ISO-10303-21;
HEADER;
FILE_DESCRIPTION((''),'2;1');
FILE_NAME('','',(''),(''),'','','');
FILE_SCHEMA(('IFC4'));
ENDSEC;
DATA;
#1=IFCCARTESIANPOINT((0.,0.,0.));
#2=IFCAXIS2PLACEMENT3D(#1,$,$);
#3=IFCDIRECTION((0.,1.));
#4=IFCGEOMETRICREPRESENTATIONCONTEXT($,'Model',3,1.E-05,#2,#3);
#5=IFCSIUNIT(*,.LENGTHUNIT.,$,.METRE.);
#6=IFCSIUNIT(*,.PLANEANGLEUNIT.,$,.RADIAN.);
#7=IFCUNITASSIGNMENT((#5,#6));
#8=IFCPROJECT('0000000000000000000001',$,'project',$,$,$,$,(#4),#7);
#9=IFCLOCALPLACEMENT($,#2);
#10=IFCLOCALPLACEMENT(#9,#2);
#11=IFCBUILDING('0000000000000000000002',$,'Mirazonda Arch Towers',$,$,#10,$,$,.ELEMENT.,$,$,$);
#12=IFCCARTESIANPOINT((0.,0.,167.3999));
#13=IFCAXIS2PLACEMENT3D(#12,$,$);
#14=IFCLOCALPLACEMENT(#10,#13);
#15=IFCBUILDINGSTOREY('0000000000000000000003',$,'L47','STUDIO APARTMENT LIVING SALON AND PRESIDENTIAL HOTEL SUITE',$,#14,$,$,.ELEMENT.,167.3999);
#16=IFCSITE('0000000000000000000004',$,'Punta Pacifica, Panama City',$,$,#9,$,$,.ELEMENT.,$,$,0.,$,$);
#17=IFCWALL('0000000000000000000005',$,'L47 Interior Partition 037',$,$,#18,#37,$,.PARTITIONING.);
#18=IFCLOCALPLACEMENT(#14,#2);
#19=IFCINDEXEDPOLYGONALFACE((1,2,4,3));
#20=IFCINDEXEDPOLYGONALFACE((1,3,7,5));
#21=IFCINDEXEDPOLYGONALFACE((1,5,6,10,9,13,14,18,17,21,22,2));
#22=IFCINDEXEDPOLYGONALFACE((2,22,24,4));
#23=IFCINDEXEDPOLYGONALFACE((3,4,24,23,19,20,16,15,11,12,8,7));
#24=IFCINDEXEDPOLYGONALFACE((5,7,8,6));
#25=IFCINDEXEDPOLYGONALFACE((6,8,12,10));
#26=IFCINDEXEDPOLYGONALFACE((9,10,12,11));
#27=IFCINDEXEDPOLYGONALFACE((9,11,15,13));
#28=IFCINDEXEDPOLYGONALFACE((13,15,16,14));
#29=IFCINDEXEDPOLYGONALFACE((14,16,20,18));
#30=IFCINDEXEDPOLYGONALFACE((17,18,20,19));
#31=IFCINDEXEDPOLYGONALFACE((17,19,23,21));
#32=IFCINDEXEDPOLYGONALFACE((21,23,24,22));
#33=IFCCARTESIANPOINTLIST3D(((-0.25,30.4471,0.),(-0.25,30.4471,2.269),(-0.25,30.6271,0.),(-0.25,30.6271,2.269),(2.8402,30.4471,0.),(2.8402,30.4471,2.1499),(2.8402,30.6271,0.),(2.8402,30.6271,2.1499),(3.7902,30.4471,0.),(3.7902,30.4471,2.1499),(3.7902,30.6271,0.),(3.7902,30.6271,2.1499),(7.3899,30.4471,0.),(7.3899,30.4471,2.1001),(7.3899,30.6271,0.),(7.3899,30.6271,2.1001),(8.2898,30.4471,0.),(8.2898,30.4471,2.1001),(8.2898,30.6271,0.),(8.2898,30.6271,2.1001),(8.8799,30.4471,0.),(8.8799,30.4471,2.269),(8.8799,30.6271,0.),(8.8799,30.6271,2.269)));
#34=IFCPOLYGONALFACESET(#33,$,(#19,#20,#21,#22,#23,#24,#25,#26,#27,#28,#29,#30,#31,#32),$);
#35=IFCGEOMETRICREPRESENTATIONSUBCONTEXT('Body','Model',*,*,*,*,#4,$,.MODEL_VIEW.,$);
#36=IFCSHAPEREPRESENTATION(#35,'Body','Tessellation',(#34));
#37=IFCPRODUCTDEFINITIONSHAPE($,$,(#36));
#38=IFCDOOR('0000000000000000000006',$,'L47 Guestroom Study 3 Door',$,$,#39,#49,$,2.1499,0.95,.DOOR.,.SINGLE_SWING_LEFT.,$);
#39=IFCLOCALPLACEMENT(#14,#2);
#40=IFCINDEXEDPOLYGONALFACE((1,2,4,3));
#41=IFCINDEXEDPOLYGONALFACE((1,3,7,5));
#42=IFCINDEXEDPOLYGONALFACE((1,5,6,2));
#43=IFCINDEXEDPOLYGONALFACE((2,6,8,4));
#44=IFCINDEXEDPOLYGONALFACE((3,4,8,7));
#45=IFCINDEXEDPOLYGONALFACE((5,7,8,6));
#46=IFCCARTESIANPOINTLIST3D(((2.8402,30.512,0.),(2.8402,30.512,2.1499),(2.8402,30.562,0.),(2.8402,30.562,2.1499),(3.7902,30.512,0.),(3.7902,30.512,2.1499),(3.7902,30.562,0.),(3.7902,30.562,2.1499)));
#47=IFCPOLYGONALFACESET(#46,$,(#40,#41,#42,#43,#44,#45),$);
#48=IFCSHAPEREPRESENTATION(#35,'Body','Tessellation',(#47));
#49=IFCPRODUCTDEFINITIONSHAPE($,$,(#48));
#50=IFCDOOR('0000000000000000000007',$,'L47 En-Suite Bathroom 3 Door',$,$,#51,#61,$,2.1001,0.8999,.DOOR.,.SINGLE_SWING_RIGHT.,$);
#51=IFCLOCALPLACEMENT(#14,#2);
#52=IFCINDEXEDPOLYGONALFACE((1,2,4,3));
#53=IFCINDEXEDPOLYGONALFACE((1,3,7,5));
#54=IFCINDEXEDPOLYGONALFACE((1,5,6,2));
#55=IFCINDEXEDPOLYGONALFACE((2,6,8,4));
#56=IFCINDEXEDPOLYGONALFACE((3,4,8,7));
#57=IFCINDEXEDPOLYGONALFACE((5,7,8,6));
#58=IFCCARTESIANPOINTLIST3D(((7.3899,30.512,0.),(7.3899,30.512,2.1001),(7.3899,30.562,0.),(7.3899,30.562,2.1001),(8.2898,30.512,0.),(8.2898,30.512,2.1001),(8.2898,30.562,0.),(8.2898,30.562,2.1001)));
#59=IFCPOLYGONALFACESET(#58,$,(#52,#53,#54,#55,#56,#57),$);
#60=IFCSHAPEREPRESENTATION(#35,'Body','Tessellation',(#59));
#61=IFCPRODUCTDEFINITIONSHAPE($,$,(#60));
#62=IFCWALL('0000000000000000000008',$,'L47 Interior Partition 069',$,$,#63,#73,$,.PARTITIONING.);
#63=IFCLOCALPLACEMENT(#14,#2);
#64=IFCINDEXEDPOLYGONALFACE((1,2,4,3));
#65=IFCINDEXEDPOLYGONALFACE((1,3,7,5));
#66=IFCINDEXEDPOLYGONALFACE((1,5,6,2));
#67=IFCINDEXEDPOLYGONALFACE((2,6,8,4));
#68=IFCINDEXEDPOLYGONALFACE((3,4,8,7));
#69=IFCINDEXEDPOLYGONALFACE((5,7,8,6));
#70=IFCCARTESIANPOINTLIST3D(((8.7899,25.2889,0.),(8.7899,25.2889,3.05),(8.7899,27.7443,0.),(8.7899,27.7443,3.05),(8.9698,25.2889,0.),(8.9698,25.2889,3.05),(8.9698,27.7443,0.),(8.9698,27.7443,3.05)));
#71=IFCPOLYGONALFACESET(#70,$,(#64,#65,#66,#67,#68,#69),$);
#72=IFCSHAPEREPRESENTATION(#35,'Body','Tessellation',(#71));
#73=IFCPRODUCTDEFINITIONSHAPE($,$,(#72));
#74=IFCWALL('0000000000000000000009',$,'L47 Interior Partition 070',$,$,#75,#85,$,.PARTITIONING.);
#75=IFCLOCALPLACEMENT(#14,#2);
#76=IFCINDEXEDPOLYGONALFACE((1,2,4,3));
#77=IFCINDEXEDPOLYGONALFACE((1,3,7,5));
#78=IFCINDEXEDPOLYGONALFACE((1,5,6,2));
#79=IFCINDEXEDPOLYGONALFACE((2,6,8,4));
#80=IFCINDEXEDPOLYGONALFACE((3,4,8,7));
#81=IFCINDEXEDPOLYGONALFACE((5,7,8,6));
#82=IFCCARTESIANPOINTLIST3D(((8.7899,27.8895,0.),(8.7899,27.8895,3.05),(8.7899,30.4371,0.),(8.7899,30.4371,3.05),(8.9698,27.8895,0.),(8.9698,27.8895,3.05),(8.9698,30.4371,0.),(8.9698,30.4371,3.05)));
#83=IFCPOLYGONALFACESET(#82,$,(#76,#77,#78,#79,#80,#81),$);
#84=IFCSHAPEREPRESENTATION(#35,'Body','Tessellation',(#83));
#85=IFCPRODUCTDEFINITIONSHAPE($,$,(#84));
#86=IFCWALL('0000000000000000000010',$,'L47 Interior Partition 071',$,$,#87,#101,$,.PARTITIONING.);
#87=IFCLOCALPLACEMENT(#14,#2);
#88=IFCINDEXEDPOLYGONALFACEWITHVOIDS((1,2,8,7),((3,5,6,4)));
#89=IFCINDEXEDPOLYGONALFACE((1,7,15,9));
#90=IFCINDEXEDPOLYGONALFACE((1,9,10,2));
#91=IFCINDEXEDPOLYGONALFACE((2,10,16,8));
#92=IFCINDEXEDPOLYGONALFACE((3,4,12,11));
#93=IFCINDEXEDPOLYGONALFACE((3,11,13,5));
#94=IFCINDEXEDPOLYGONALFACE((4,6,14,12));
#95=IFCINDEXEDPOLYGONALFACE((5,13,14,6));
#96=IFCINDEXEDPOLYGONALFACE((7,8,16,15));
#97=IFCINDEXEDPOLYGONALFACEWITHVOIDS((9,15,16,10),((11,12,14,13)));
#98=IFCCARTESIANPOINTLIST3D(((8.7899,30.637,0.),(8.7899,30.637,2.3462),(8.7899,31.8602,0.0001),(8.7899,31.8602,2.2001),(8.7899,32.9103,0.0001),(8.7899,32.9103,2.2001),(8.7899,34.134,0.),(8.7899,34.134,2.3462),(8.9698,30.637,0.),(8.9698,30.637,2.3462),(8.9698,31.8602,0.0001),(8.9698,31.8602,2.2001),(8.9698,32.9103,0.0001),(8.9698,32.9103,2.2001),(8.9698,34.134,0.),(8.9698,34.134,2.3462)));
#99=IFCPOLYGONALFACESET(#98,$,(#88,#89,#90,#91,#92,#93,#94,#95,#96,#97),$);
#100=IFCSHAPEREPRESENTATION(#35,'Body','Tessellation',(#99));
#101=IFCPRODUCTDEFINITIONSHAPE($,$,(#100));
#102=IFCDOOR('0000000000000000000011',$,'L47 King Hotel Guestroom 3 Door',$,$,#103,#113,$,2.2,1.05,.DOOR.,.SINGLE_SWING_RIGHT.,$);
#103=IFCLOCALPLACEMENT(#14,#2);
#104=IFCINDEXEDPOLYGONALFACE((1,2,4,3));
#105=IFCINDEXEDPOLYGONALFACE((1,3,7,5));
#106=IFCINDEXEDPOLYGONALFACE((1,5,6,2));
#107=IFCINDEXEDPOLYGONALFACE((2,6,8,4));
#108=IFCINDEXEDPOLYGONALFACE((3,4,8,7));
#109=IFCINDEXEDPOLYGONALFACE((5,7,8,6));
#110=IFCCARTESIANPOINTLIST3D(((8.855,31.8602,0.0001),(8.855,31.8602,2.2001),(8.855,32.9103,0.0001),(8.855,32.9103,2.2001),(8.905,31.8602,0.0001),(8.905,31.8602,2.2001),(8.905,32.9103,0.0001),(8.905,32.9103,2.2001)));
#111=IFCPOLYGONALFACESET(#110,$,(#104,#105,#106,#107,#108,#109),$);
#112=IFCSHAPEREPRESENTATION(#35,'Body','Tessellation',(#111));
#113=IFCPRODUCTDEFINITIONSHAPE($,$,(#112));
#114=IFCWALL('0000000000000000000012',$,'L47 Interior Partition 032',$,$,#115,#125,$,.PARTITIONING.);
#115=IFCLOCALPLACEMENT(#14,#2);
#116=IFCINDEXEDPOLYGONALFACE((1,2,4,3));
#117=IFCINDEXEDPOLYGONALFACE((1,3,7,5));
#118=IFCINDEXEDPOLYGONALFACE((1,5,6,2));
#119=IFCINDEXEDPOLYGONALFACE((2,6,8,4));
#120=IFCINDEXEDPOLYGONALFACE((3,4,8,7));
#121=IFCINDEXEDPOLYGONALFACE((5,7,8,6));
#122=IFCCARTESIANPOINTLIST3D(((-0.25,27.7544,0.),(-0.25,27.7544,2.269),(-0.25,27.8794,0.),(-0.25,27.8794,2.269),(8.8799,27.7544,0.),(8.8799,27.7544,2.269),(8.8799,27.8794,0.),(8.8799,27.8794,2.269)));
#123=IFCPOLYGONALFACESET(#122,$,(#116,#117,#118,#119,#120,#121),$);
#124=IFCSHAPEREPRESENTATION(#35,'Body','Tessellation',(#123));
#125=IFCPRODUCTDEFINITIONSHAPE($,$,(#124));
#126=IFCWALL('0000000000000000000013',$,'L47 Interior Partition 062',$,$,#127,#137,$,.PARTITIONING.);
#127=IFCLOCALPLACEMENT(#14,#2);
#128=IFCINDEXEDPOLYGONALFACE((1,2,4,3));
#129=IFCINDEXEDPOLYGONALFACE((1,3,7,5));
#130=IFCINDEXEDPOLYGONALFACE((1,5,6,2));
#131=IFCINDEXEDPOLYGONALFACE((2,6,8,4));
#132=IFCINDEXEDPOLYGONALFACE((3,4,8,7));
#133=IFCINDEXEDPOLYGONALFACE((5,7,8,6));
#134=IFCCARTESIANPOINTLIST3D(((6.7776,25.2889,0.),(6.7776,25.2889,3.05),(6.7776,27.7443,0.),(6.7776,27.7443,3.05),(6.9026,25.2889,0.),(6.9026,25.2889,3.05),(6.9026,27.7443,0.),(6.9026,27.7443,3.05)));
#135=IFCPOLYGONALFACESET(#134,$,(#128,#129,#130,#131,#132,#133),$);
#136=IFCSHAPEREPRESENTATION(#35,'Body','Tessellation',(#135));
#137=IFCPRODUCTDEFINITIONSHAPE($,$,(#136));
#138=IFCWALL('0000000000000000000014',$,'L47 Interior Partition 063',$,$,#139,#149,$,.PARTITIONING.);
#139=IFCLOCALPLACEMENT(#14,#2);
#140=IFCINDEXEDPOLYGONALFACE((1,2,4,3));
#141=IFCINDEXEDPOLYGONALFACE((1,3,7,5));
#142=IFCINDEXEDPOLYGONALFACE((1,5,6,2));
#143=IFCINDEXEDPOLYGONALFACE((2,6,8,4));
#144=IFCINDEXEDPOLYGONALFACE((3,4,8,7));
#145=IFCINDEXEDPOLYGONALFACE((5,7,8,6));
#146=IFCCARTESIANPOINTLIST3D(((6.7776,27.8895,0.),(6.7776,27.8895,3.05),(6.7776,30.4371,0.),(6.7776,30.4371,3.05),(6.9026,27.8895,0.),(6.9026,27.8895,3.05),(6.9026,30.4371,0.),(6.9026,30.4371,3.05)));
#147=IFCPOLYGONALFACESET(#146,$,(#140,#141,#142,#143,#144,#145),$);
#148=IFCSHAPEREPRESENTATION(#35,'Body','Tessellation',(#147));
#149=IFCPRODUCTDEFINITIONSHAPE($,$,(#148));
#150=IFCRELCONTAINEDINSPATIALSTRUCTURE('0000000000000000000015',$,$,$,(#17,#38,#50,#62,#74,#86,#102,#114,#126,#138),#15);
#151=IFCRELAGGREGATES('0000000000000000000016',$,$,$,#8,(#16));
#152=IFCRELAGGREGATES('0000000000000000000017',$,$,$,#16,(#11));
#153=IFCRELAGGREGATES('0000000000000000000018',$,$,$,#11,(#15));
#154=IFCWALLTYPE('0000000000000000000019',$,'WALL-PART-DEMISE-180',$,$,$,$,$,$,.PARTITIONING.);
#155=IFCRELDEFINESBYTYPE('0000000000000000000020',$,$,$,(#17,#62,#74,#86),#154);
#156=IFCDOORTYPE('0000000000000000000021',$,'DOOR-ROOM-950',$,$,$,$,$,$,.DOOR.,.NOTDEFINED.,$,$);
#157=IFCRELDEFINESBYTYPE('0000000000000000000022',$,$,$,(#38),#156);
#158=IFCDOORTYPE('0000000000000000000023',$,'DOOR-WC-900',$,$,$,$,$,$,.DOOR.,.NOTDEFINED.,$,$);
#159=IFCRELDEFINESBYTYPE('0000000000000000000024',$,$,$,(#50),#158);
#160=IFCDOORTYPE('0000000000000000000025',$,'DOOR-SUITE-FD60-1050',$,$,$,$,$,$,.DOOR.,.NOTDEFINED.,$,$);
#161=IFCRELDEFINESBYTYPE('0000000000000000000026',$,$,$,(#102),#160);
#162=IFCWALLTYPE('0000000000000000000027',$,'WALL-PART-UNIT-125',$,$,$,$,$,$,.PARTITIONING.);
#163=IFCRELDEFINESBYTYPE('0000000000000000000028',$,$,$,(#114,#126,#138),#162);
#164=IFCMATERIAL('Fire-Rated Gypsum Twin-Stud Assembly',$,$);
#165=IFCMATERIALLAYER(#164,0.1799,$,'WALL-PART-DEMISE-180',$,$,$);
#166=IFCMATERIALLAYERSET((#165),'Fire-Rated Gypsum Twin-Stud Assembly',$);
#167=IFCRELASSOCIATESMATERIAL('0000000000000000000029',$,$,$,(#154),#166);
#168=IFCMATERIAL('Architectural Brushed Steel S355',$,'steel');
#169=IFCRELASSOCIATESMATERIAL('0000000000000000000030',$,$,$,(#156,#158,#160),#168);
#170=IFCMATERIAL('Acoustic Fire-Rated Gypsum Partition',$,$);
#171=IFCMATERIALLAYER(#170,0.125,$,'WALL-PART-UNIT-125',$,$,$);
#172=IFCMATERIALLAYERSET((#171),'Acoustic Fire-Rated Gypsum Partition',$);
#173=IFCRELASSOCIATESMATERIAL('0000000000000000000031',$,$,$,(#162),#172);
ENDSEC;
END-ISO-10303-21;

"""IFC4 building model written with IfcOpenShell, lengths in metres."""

from ifc_helpers import new_model, si_unit, direction, frame, frame_2d, origin, place, context, subcontext, project, spatial, rectangle, extrude, material, layer, layer_set, type_object, element, fill, save


model = new_model("IFC4")

# Units and contexts
model_context = context("Model", 3, precision=1e-05, world=origin(), true_north=direction((0.0, 1.0)))
body_context = subcontext(model_context, "Body", "Model", "MODEL_VIEW")
ifc_project = project(units=[si_unit("LENGTHUNIT", "METRE"), si_unit("PLANEANGLEUNIT", "RADIAN")], contexts=[model_context])

# Site, building, storey
site_placement = place(None, origin())
site = spatial("IfcSite", under=ifc_project, at=site_placement, Name="Punta Pacifica, Panama City", CompositionType="ELEMENT", RefElevation=0.0)
building_placement = place(site_placement, origin())
building = spatial("IfcBuilding", under=site, at=building_placement, Name="Mirazonda Arch Towers", CompositionType="ELEMENT")
storey_placement = place(building_placement, frame((0.0, 0.0, 167.3999)))
storey = spatial("IfcBuildingStorey", under=building, at=storey_placement, Name="L47", Description="STUDIO APARTMENT LIVING SALON AND PRESIDENTIAL HOTEL SUITE", CompositionType="ELEMENT", Elevation=167.3999)

# Wall, openings, doors
ifc_material_1 = material(Name="Fire-Rated Gypsum Twin-Stud Assembly")
ifc_layer_1 = layer(ifc_material_1, 0.1799, Name="WALL-PART-DEMISE-180")
ifc_layer_set_1 = layer_set([ifc_layer_1], Name="Fire-Rated Gypsum Twin-Stud Assembly")
wall_type_1 = type_object("IfcWallType", Name="WALL-PART-DEMISE-180", PredefinedType="PARTITIONING", material=ifc_layer_set_1)
ifc_material_2 = material(Name="Architectural Brushed Steel S355", Category="steel")
door_type_1 = type_object("IfcDoorType", Name="DOOR-ROOM-950", OperationType="NOTDEFINED", PredefinedType="DOOR", material=ifc_material_2)
door_type_2 = type_object("IfcDoorType", Name="DOOR-WC-900", OperationType="NOTDEFINED", PredefinedType="DOOR", material=ifc_material_2)
wall_1_placement = place(storey_placement, frame((-0.25, 30.5371, 0.0), z_axis=(0.0, 0.0, 1.0), x_axis=(1.0, 0.0, 0.0)))
wall_1 = element("IfcWall", 1, at=wall_1_placement, inside=storey, type_object=wall_type_1, Name="L47 Interior Partition 037", PredefinedType="PARTITIONING", context=body_context, shape_type="SweptSolid", body=[
    extrude(rectangle(XDim=9.1299, YDim=0.1799, at=frame_2d((4.5649, 0.0))), origin(), (0.0, 0.0, 1.0), 2.269),
])
opening_1_placement = place(wall_1_placement, frame((3.0901, 0.0, 0.0)))
opening_1 = element("IfcOpeningElement", 2, at=opening_1_placement, cuts=wall_1, PredefinedType="OPENING", context=body_context, shape_type="SweptSolid", body=[
    extrude(rectangle(XDim=0.95, YDim=2.1499, at=frame_2d((0.4751, 1.075))), frame((0.0, 0.0999, 0.0), z_axis=(0.0, -1.0, 0.0), x_axis=(1.0, 0.0, 0.0)), (0.0, 0.0, 1.0), 0.2),
])
opening_2_placement = place(wall_1_placement, frame((7.6399, 0.0, 0.0)))
opening_2 = element("IfcOpeningElement", 3, at=opening_2_placement, cuts=wall_1, PredefinedType="OPENING", context=body_context, shape_type="SweptSolid", body=[
    extrude(rectangle(XDim=0.8999, YDim=2.1001, at=frame_2d((0.45, 1.05))), frame((0.0, 0.0999, 0.0), z_axis=(0.0, -1.0, 0.0), x_axis=(1.0, 0.0, 0.0)), (0.0, 0.0, 1.0), 0.2),
])
door_1_placement = place(opening_1_placement, origin())
door_1 = element("IfcDoor", 4, at=door_1_placement, inside=storey, type_object=door_type_1, Name="L47 Guestroom Study 3 Door", OperationType="SINGLE_SWING_LEFT", OverallHeight=2.1499, OverallWidth=0.95, PredefinedType="DOOR", context=body_context, shape_type="SweptSolid", body=[
    extrude(rectangle(XDim=0.95, YDim=2.1499, at=frame_2d((0.4751, 1.075))), frame((0.0, 0.0249, 0.0), z_axis=(0.0, -1.0, 0.0), x_axis=(1.0, 0.0, 0.0)), (0.0, 0.0, 1.0), 0.05),
])
fill(opening_1, door_1)
door_2_placement = place(opening_2_placement, origin())
door_2 = element("IfcDoor", 5, at=door_2_placement, inside=storey, type_object=door_type_2, Name="L47 En-Suite Bathroom 3 Door", OperationType="SINGLE_SWING_RIGHT", OverallHeight=2.1001, OverallWidth=0.8999, PredefinedType="DOOR", context=body_context, shape_type="SweptSolid", body=[
    extrude(rectangle(XDim=0.8999, YDim=2.1001, at=frame_2d((0.45, 1.05))), frame((0.0, 0.0249, 0.0), z_axis=(0.0, -1.0, 0.0), x_axis=(1.0, 0.0, 0.0)), (0.0, 0.0, 1.0), 0.05),
])
fill(opening_2, door_2)

# Walls
wall_2_placement = place(storey_placement, frame((8.8799, 25.2891, 0.0), z_axis=(0.0, 0.0, 1.0), x_axis=(0.0, 1.0, 0.0)))
element("IfcWall", 6, at=wall_2_placement, inside=storey, type_object=wall_type_1, Name="L47 Interior Partition 069", PredefinedType="PARTITIONING", context=body_context, shape_type="SweptSolid", body=[
    extrude(rectangle(XDim=2.4553, YDim=0.1799, at=frame_2d((1.2275, 0.0))), origin(), (0.0, 0.0, 1.0), 3.05),
])
wall_3_placement = place(storey_placement, frame((8.8799, 27.8894, 0.0), z_axis=(0.0, 0.0, 1.0), x_axis=(0.0, 1.0, 0.0)))
element("IfcWall", 7, at=wall_3_placement, inside=storey, type_object=wall_type_1, Name="L47 Interior Partition 070", PredefinedType="PARTITIONING", context=body_context, shape_type="SweptSolid", body=[
    extrude(rectangle(XDim=2.5476, YDim=0.1799, at=frame_2d((1.2739, 0.0))), origin(), (0.0, 0.0, 1.0), 3.05),
])

# Wall, opening, door
wall_4_placement = place(storey_placement, frame((8.8799, 30.637, 0.0), z_axis=(0.0, 0.0, 1.0), x_axis=(0.0, 1.0, 0.0)))
wall_4 = element("IfcWall", 8, at=wall_4_placement, inside=storey, type_object=wall_type_1, Name="L47 Interior Partition 071", PredefinedType="PARTITIONING", context=body_context, shape_type="SweptSolid", body=[
    extrude(rectangle(XDim=3.4971, YDim=0.1799, at=frame_2d((1.7485, 0.0))), origin(), (0.0, 0.0, 1.0), 2.3462),
])
opening_3_placement = place(wall_4_placement, frame((1.2234, 0.0, 0.0)))
opening_3 = element("IfcOpeningElement", 9, at=opening_3_placement, cuts=wall_4, PredefinedType="OPENING", context=body_context, shape_type="SweptSolid", body=[
    extrude(rectangle(XDim=1.05, YDim=2.2, at=frame_2d((0.5249, 1.1001))), frame((0.0, 0.0999, 0.0), z_axis=(0.0, -1.0, 0.0), x_axis=(1.0, 0.0, 0.0)), (0.0, 0.0, 1.0), 0.2),
])
door_type_3 = type_object("IfcDoorType", Name="DOOR-SUITE-FD60-1050", OperationType="NOTDEFINED", PredefinedType="DOOR", material=ifc_material_2)
door_3_placement = place(opening_3_placement, origin())
door_3 = element("IfcDoor", 10, at=door_3_placement, inside=storey, type_object=door_type_3, Name="L47 King Hotel Guestroom 3 Door", OperationType="SINGLE_SWING_RIGHT", OverallHeight=2.2, OverallWidth=1.05, PredefinedType="DOOR", context=body_context, shape_type="SweptSolid", body=[
    extrude(rectangle(XDim=1.05, YDim=2.2, at=frame_2d((0.5249, 1.1001))), frame((0.0, 0.0249, 0.0), z_axis=(0.0, -1.0, 0.0), x_axis=(1.0, 0.0, 0.0)), (0.0, 0.0, 1.0), 0.05),
])
fill(opening_3, door_3)

# Walls
ifc_material_3 = material(Name="Acoustic Fire-Rated Gypsum Partition")
ifc_layer_2 = layer(ifc_material_3, 0.125, Name="WALL-PART-UNIT-125")
ifc_layer_set_2 = layer_set([ifc_layer_2], Name="Acoustic Fire-Rated Gypsum Partition")
wall_type_2 = type_object("IfcWallType", Name="WALL-PART-UNIT-125", PredefinedType="PARTITIONING", material=ifc_layer_set_2)
wall_5_placement = place(storey_placement, frame((-0.25, 27.8169, 0.0), z_axis=(0.0, 0.0, 1.0), x_axis=(1.0, 0.0, 0.0)))
element("IfcWall", 11, at=wall_5_placement, inside=storey, type_object=wall_type_2, Name="L47 Interior Partition 032", PredefinedType="PARTITIONING", context=body_context, shape_type="SweptSolid", body=[
    extrude(rectangle(XDim=9.1299, YDim=0.125, at=frame_2d((4.5649, 0.0))), origin(), (0.0, 0.0, 1.0), 2.269),
])
wall_6_placement = place(storey_placement, frame((6.8401, 25.2891, 0.0), z_axis=(0.0, 0.0, 1.0), x_axis=(0.0, 1.0, 0.0)))
element("IfcWall", 12, at=wall_6_placement, inside=storey, type_object=wall_type_2, Name="L47 Interior Partition 062", PredefinedType="PARTITIONING", context=body_context, shape_type="SweptSolid", body=[
    extrude(rectangle(XDim=2.4553, YDim=0.125, at=frame_2d((1.2275, 0.0))), origin(), (0.0, 0.0, 1.0), 3.05),
])
wall_7_placement = place(storey_placement, frame((6.8401, 27.8894, 0.0), z_axis=(0.0, 0.0, 1.0), x_axis=(0.0, 1.0, 0.0)))
element("IfcWall", 13, at=wall_7_placement, inside=storey, type_object=wall_type_2, Name="L47 Interior Partition 063", PredefinedType="PARTITIONING", context=body_context, shape_type="SweptSolid", body=[
    extrude(rectangle(XDim=2.5476, YDim=0.125, at=frame_2d((1.2739, 0.0))), origin(), (0.0, 0.0, 1.0), 3.05),
])

save(model, "model.ifc")
